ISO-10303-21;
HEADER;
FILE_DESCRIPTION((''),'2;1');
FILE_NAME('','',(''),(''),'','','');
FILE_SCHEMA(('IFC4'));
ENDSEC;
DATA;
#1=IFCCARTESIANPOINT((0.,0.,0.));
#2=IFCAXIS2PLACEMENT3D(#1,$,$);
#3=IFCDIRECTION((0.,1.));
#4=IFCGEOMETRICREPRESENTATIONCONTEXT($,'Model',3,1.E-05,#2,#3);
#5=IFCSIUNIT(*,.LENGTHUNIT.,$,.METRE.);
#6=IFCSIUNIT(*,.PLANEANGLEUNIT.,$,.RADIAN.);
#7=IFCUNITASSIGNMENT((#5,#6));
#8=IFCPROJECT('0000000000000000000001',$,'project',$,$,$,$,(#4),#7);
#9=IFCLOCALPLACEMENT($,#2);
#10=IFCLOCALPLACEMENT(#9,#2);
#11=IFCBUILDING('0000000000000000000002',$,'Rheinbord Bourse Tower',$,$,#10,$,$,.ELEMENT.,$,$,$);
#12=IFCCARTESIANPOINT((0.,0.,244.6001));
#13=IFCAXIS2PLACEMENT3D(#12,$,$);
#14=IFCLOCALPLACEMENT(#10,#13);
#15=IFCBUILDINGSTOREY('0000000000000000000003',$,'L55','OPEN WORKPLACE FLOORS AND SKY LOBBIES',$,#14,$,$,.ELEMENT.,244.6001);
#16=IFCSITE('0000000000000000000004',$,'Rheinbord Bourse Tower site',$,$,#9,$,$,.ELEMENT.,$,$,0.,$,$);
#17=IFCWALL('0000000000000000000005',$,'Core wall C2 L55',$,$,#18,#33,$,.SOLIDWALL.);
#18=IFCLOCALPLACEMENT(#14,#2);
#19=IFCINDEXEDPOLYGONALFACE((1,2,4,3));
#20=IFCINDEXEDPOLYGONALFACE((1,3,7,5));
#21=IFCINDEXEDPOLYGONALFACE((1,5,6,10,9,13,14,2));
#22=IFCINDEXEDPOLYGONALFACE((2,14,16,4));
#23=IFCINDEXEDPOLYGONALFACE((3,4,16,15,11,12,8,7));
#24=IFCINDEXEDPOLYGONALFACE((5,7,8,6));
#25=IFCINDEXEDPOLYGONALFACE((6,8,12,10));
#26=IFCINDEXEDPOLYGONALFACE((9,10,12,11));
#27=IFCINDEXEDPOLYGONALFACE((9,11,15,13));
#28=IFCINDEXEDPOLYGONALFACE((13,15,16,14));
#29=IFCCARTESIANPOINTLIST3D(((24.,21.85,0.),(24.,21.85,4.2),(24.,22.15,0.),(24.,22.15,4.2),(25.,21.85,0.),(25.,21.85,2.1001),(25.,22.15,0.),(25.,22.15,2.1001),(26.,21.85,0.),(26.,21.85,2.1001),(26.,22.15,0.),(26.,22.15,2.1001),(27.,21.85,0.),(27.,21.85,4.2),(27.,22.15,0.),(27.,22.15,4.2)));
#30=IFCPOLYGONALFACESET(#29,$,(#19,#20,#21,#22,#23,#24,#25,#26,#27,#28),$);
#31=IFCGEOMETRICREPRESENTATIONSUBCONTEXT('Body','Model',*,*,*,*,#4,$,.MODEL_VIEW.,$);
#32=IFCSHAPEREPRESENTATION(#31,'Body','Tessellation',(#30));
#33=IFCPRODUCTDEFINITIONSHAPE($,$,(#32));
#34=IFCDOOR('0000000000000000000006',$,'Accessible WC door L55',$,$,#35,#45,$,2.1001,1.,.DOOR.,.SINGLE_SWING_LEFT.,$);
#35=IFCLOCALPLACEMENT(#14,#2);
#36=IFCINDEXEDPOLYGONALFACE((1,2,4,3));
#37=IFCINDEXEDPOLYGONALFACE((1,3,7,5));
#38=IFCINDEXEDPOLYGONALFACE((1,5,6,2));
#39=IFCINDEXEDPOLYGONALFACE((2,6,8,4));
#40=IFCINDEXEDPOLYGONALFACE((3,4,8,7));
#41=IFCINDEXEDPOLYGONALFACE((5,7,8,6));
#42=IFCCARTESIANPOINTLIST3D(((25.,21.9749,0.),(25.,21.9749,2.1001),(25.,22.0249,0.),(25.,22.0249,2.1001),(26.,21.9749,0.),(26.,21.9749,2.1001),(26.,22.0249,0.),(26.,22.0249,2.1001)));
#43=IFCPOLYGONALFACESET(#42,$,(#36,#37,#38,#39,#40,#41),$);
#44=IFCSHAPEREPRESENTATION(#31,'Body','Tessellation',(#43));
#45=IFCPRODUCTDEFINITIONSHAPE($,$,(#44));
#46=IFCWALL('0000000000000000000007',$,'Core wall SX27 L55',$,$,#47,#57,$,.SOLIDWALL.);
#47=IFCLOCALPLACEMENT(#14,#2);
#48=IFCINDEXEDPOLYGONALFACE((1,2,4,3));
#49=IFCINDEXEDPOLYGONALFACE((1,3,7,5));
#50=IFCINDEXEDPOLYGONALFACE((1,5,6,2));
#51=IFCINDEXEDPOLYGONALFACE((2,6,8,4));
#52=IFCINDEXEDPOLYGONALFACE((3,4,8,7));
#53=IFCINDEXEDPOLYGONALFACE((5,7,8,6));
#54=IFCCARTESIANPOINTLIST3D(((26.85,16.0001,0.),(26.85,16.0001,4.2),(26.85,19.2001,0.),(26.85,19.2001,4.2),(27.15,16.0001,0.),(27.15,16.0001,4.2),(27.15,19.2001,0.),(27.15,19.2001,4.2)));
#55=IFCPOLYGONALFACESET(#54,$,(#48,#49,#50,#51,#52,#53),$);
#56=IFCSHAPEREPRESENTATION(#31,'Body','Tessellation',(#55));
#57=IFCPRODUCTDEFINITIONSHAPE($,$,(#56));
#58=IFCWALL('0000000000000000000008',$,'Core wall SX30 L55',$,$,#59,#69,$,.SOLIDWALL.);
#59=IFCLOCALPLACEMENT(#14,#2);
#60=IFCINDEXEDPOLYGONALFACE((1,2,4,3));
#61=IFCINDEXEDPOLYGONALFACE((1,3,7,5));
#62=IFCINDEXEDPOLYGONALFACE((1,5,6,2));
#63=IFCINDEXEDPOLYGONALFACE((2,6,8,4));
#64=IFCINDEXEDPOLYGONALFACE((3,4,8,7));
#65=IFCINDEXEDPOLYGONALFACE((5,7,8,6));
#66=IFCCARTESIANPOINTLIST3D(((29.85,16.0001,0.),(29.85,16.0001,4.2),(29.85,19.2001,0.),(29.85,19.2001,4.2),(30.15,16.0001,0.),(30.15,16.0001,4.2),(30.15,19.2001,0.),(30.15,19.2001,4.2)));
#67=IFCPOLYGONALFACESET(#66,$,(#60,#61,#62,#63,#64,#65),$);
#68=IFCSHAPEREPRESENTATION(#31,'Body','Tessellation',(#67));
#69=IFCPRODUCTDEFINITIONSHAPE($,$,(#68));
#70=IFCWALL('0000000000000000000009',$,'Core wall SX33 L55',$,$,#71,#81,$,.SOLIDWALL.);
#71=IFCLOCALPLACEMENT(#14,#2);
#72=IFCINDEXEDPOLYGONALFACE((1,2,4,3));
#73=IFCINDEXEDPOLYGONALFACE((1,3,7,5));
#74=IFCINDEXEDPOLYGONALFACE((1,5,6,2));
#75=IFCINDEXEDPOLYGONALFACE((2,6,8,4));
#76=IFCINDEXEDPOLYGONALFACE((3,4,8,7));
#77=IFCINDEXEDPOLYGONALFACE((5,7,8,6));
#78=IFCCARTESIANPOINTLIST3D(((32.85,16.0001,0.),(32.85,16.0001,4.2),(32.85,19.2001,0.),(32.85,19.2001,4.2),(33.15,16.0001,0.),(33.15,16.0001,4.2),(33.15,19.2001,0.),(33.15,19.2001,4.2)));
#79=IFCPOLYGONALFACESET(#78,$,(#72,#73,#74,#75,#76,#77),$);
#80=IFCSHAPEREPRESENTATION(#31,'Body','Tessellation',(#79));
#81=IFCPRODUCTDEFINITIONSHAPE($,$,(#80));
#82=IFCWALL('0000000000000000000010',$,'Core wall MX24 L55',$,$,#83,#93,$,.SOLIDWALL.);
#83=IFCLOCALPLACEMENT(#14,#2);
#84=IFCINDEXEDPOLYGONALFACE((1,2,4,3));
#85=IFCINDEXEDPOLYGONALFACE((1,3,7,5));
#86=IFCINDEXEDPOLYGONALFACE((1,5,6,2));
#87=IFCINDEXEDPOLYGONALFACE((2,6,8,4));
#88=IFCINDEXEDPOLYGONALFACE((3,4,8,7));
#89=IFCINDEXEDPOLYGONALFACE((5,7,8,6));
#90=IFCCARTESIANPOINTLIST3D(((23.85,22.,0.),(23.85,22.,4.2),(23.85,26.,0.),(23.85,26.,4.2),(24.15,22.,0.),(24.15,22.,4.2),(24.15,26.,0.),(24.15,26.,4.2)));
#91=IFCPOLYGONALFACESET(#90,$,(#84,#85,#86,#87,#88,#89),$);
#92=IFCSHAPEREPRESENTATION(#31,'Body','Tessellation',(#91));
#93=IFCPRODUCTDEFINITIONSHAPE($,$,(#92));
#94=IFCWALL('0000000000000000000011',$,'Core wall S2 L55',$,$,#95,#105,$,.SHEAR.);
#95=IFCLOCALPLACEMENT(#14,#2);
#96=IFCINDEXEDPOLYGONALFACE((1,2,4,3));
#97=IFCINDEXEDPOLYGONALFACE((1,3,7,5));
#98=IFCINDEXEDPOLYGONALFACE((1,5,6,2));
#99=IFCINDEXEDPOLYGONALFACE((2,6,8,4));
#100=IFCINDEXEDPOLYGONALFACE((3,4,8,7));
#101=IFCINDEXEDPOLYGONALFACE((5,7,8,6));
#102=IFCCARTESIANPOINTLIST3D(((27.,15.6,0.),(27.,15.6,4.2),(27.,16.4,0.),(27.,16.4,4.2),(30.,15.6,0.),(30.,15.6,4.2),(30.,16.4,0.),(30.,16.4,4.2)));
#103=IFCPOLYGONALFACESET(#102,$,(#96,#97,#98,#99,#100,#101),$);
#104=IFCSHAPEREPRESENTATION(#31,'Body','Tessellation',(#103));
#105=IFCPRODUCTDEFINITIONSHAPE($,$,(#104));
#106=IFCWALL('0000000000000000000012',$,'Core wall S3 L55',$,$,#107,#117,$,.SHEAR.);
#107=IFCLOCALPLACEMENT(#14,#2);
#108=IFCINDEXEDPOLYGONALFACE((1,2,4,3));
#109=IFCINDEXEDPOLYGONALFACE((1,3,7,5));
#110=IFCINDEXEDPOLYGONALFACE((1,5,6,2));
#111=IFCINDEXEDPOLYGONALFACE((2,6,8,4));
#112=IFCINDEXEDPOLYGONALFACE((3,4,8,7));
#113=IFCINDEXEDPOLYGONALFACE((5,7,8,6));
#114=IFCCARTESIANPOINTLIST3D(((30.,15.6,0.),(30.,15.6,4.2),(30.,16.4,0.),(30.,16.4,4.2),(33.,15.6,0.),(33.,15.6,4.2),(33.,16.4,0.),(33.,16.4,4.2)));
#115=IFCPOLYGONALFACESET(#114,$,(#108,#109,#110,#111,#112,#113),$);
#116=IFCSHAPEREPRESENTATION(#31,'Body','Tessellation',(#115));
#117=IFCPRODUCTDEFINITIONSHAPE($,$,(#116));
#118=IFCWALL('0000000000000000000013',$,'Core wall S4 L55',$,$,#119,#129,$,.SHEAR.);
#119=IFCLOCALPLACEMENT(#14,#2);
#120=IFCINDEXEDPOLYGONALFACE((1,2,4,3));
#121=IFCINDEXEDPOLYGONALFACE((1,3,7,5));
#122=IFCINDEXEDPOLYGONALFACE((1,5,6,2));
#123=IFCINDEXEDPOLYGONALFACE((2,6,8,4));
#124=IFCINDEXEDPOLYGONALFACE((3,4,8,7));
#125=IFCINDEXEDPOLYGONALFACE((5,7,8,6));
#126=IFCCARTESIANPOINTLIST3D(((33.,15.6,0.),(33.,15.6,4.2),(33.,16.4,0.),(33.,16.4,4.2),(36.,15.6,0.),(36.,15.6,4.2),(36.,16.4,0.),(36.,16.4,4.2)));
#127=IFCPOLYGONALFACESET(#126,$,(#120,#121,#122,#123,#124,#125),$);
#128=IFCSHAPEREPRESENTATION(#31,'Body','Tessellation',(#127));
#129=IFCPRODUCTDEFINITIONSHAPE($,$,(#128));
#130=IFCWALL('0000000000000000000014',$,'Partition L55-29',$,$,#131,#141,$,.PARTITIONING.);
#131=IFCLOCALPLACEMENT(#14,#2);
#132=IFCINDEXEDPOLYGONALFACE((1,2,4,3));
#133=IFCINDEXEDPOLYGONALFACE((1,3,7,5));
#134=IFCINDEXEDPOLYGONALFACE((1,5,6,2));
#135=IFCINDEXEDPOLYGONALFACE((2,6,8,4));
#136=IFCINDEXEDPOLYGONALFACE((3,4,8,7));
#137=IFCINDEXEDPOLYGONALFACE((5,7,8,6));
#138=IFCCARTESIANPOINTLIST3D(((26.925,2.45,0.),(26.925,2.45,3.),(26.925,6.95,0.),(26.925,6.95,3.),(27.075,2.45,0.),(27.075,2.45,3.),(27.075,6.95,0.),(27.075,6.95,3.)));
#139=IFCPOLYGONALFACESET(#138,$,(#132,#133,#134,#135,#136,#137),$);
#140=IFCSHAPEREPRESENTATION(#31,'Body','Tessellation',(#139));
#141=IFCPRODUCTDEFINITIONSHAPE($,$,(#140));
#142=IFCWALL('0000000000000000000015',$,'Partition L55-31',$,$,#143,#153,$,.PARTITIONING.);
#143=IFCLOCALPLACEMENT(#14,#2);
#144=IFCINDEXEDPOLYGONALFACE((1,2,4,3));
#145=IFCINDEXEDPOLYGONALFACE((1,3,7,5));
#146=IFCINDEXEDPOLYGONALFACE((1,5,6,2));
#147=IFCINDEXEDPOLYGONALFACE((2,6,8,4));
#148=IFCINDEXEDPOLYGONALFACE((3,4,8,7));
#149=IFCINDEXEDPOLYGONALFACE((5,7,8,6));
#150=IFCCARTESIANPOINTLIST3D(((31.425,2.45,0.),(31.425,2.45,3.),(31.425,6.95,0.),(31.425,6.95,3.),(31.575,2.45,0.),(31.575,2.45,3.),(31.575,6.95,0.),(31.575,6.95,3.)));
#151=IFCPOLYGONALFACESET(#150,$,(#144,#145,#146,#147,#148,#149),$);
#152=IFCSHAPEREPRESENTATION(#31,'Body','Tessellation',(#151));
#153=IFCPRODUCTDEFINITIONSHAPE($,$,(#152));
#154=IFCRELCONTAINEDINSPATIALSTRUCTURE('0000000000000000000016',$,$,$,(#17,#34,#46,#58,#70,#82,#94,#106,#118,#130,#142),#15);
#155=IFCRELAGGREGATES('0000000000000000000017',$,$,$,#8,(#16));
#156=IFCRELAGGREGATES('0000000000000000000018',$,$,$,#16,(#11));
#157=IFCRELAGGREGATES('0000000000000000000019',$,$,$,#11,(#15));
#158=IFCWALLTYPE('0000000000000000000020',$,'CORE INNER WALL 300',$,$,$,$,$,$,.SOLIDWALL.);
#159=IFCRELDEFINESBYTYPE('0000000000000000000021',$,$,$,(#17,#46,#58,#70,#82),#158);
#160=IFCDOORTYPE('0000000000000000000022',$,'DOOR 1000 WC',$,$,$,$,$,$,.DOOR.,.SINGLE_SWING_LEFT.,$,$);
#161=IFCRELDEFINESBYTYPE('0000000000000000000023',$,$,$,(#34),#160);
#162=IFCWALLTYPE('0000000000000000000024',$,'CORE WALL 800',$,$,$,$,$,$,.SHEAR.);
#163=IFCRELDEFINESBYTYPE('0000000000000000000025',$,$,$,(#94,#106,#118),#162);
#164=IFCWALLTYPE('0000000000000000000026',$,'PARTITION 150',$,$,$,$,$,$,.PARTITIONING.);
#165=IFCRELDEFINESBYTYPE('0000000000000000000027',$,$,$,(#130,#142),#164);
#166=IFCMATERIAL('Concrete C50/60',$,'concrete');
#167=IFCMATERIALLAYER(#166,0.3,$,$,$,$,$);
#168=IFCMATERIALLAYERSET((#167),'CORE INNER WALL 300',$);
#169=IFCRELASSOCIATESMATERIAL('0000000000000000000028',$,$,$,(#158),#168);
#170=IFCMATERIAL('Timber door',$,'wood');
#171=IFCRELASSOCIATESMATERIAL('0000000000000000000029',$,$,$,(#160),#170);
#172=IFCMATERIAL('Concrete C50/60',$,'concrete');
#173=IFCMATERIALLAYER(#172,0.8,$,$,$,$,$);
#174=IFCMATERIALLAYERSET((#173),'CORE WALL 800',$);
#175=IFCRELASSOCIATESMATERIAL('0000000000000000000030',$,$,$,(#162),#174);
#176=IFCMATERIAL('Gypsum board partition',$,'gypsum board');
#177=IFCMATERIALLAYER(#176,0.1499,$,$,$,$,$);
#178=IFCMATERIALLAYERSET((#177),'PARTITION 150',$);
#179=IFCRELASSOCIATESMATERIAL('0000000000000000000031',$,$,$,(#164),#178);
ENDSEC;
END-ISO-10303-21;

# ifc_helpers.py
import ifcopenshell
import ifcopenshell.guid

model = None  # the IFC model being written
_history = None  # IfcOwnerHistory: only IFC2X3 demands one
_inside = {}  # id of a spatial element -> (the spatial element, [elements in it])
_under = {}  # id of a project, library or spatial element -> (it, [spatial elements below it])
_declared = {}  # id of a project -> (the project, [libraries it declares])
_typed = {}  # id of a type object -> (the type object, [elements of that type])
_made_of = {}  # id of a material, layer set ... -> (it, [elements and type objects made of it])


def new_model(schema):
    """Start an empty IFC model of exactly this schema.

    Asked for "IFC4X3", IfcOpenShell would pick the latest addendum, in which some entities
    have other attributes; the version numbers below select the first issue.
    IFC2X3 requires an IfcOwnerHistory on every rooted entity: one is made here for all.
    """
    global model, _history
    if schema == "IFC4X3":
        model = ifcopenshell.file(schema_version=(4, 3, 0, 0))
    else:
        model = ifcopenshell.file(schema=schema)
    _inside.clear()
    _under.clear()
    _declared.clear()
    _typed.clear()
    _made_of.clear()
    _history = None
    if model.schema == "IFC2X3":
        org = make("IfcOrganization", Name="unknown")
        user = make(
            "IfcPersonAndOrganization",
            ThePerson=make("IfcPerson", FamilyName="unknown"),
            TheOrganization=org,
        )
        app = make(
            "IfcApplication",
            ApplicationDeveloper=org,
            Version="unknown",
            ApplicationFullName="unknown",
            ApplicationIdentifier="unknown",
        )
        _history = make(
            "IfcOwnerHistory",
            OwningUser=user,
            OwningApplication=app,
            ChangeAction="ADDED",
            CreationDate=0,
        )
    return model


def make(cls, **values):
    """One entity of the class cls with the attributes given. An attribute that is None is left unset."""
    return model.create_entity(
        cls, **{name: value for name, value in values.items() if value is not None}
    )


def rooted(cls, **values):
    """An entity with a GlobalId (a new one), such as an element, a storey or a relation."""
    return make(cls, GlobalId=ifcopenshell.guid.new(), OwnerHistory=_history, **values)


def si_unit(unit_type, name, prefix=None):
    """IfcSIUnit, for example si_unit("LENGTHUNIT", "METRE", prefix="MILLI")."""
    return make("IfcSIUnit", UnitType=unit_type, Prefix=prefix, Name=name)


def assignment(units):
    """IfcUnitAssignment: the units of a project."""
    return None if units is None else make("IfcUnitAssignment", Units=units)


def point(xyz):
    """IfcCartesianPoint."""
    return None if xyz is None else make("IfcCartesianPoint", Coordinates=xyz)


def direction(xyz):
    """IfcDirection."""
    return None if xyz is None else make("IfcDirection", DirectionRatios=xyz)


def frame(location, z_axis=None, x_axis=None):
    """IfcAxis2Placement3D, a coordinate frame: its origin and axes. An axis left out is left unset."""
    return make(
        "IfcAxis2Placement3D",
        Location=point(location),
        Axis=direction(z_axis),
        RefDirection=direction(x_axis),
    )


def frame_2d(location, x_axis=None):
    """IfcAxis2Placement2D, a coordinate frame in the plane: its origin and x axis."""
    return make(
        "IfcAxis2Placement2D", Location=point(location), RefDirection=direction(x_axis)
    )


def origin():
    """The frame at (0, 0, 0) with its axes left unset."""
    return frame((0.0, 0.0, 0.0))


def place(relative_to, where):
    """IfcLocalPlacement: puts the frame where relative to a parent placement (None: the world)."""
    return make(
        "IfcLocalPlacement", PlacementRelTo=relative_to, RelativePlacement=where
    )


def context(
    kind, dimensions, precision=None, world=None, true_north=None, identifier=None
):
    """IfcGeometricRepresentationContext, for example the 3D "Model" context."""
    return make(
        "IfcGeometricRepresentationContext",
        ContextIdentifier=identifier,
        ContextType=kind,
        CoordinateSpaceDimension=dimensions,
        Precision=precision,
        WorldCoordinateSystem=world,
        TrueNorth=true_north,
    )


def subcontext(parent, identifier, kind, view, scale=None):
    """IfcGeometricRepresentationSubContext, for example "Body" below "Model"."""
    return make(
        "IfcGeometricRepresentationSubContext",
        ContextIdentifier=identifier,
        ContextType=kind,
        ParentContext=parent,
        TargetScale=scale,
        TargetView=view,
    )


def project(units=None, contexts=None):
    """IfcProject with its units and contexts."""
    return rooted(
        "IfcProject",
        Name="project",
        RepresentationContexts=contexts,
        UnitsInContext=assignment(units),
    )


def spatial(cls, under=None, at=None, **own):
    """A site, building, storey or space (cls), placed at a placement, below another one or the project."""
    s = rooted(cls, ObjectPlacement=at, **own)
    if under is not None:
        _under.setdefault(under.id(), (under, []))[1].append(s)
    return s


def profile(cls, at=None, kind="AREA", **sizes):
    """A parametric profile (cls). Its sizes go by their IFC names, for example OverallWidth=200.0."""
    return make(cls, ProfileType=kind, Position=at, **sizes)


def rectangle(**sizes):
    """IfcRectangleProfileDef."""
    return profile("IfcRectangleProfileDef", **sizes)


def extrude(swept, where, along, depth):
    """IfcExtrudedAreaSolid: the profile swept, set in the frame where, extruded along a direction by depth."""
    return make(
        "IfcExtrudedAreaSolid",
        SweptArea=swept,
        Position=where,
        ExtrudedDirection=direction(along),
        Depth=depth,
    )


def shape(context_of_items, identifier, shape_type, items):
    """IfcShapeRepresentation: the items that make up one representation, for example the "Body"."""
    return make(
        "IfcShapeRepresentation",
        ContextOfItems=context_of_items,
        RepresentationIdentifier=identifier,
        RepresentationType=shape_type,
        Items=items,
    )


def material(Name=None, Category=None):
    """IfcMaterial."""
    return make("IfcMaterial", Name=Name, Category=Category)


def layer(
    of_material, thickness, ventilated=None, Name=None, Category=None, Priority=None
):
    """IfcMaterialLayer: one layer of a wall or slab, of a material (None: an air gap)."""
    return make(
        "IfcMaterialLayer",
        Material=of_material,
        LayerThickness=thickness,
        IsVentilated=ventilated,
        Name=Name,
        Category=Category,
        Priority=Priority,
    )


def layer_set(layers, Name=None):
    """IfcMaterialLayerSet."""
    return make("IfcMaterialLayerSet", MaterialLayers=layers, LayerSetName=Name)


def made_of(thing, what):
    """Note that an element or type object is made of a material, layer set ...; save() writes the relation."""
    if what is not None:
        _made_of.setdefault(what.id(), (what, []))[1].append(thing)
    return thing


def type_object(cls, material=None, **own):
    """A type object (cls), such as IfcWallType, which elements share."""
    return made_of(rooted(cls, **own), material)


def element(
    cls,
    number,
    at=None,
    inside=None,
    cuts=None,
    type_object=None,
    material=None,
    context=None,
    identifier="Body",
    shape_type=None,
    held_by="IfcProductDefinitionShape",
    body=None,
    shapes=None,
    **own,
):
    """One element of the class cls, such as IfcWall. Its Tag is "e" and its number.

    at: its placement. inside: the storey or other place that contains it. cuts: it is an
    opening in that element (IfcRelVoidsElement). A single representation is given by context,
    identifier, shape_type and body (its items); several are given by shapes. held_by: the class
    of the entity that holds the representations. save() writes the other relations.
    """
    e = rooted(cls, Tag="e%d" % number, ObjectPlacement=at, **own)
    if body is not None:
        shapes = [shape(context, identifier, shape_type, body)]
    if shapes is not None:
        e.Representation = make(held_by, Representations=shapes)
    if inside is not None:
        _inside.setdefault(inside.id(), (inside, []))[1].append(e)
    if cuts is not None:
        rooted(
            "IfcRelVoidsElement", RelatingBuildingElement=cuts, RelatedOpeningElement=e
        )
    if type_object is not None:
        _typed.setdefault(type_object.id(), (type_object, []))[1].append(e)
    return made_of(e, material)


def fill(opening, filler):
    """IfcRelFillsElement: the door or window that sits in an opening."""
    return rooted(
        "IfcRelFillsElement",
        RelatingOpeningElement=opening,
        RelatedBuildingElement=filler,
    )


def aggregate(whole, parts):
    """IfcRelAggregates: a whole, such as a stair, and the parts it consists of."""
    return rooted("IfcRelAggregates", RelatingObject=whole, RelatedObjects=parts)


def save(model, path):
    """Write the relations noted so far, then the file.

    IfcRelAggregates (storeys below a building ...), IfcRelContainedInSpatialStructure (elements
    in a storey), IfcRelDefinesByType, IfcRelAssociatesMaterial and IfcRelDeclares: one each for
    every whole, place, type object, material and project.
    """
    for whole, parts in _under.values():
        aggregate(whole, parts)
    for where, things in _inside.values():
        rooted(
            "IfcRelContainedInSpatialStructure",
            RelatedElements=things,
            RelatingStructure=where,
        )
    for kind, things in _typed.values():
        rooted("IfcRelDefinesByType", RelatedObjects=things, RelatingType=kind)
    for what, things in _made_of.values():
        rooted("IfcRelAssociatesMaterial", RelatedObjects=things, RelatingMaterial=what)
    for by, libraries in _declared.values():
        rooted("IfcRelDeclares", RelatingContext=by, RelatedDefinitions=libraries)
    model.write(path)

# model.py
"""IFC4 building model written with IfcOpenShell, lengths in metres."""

from ifc_helpers import new_model, si_unit, direction, frame, frame_2d, origin, place, context, subcontext, project, spatial, rectangle, extrude, material, layer, layer_set, type_object, element, fill, save


model = new_model("IFC4")

# Units and contexts
model_context = context("Model", 3, precision=1e-05, world=origin(), true_north=direction((0.0, 1.0)))
body_context = subcontext(model_context, "Body", "Model", "MODEL_VIEW")
ifc_project = project(units=[si_unit("LENGTHUNIT", "METRE"), si_unit("PLANEANGLEUNIT", "RADIAN")], contexts=[model_context])

# Site, building, storey
site_placement = place(None, origin())
site = spatial("IfcSite", under=ifc_project, at=site_placement, Name="Rheinbord Bourse Tower site", CompositionType="ELEMENT", RefElevation=0.0)
building_placement = place(site_placement, origin())
building = spatial("IfcBuilding", under=site, at=building_placement, Name="Rheinbord Bourse Tower", CompositionType="ELEMENT")
storey_placement = place(building_placement, frame((0.0, 0.0, 244.6001)))
storey = spatial("IfcBuildingStorey", under=building, at=storey_placement, Name="L55", Description="OPEN WORKPLACE FLOORS AND SKY LOBBIES", CompositionType="ELEMENT", Elevation=244.6001)

# Wall, opening, door
ifc_material_1 = material(Name="Concrete C50/60", Category="concrete")
ifc_layer_1 = layer(ifc_material_1, 0.3)
ifc_layer_set_1 = layer_set([ifc_layer_1], Name="CORE INNER WALL 300")
wall_type_1 = type_object("IfcWallType", Name="CORE INNER WALL 300", PredefinedType="SOLIDWALL", material=ifc_layer_set_1)
wall_1_placement = place(storey_placement, frame((24.0, 22.0, 0.0), z_axis=(0.0, 0.0, 1.0), x_axis=(1.0, 0.0, 0.0)))
wall_1 = element("IfcWall", 1, at=wall_1_placement, inside=storey, type_object=wall_type_1, Name="Core wall C2 L55", PredefinedType="SOLIDWALL", context=body_context, shape_type="SweptSolid", body=[
    extrude(rectangle(XDim=3.0, YDim=0.3, at=frame_2d((1.5, 0.0))), origin(), (0.0, 0.0, 1.0), 4.2),
])
opening_1_placement = place(wall_1_placement, frame((1.0, 0.0, 0.0)))
opening_1 = element("IfcOpeningElement", 2, at=opening_1_placement, cuts=wall_1, PredefinedType="OPENING", context=body_context, shape_type="SweptSolid", body=[
    extrude(rectangle(XDim=1.0, YDim=2.1001, at=frame_2d((0.5, 1.05))), frame((0.0, 0.1599, 0.0), z_axis=(0.0, -1.0, 0.0), x_axis=(1.0, 0.0, 0.0)), (0.0, 0.0, 1.0), 0.3201),
])
ifc_material_2 = material(Name="Timber door", Category="wood")
door_type_1 = type_object("IfcDoorType", Name="DOOR 1000 WC", OperationType="SINGLE_SWING_LEFT", PredefinedType="DOOR", material=ifc_material_2)
door_1_placement = place(opening_1_placement, origin())
door_1 = element("IfcDoor", 3, at=door_1_placement, inside=storey, type_object=door_type_1, Name="Accessible WC door L55", OperationType="SINGLE_SWING_LEFT", OverallHeight=2.1001, OverallWidth=1.0, PredefinedType="DOOR", context=body_context, shape_type="SweptSolid", body=[
    extrude(rectangle(XDim=1.0, YDim=2.1001, at=frame_2d((0.5, 1.05))), frame((0.0, 0.0249, 0.0), z_axis=(0.0, -1.0, 0.0), x_axis=(1.0, 0.0, 0.0)), (0.0, 0.0, 1.0), 0.05),
])
fill(opening_1, door_1)

# Walls
for number, where, z_axis, x_axis, name in (
    (4, (27.0, 16.0, 0.0), (0.0, 0.0, 1.0), (0.0, 1.0, 0.0), "Core wall SX27 L55"),
    (5, (30.0, 16.0, 0.0), (0.0, 0.0, 1.0), (0.0, 1.0, 0.0), "Core wall SX30 L55"),
    (6, (33.0, 16.0, 0.0), (0.0, 0.0, 1.0), (0.0, 1.0, 0.0), "Core wall SX33 L55"),
):
    element("IfcWall", number, at=place(storey_placement, frame(where, z_axis=z_axis, x_axis=x_axis)), inside=storey, type_object=wall_type_1, Name=name, PredefinedType="SOLIDWALL", context=body_context, shape_type="SweptSolid", body=[
        extrude(rectangle(XDim=3.2, YDim=0.3, at=frame_2d((1.6001, 0.0))), origin(), (0.0, 0.0, 1.0), 4.2),
    ])
wall_2_placement = place(storey_placement, frame((24.0, 22.0, 0.0), z_axis=(0.0, 0.0, 1.0), x_axis=(0.0, 1.0, 0.0)))
element("IfcWall", 7, at=wall_2_placement, inside=storey, type_object=wall_type_1, Name="Core wall MX24 L55", PredefinedType="SOLIDWALL", context=body_context, shape_type="SweptSolid", body=[
    extrude(rectangle(XDim=4.0, YDim=0.3, at=frame_2d((2.0, 0.0))), origin(), (0.0, 0.0, 1.0), 4.2),
])
ifc_material_3 = material(Name="Concrete C50/60", Category="concrete")
ifc_layer_2 = layer(ifc_material_3, 0.8)
ifc_layer_set_2 = layer_set([ifc_layer_2], Name="CORE WALL 800")
wall_type_2 = type_object("IfcWallType", Name="CORE WALL 800", PredefinedType="SHEAR", material=ifc_layer_set_2)
for number, where, z_axis, x_axis, name in (
    (8, (27.0, 16.0, 0.0), (0.0, 0.0, 1.0), (1.0, 0.0, 0.0), "Core wall S2 L55"),
    (9, (30.0, 16.0, 0.0), (0.0, 0.0, 1.0), (1.0, 0.0, 0.0), "Core wall S3 L55"),
    (10, (33.0, 16.0, 0.0), (0.0, 0.0, 1.0), (1.0, 0.0, 0.0), "Core wall S4 L55"),
):
    element("IfcWall", number, at=place(storey_placement, frame(where, z_axis=z_axis, x_axis=x_axis)), inside=storey, type_object=wall_type_2, Name=name, PredefinedType="SHEAR", context=body_context, shape_type="SweptSolid", body=[
        extrude(rectangle(XDim=3.0, YDim=0.8, at=frame_2d((1.5, 0.0))), origin(), (0.0, 0.0, 1.0), 4.2),
    ])
ifc_material_4 = material(Name="Gypsum board partition", Category="gypsum board")
ifc_layer_3 = layer(ifc_material_4, 0.1499)
ifc_layer_set_3 = layer_set([ifc_layer_3], Name="PARTITION 150")
wall_type_3 = type_object("IfcWallType", Name="PARTITION 150", PredefinedType="PARTITIONING", material=ifc_layer_set_3)
for number, where, z_axis, x_axis, name in (
    (11, (27.0, 2.45, 0.0), (0.0, 0.0, 1.0), (0.0, 1.0, 0.0), "Partition L55-29"),
    (12, (31.5, 2.45, 0.0), (0.0, 0.0, 1.0), (0.0, 1.0, 0.0), "Partition L55-31"),
):
    element("IfcWall", number, at=place(storey_placement, frame(where, z_axis=z_axis, x_axis=x_axis)), inside=storey, type_object=wall_type_3, Name=name, PredefinedType="PARTITIONING", context=body_context, shape_type="SweptSolid", body=[
        extrude(rectangle(XDim=4.5, YDim=0.1499, at=frame_2d((2.25, 0.0))), origin(), (0.0, 0.0, 1.0), 3.0),
    ])

save(model, "model.ifc")
